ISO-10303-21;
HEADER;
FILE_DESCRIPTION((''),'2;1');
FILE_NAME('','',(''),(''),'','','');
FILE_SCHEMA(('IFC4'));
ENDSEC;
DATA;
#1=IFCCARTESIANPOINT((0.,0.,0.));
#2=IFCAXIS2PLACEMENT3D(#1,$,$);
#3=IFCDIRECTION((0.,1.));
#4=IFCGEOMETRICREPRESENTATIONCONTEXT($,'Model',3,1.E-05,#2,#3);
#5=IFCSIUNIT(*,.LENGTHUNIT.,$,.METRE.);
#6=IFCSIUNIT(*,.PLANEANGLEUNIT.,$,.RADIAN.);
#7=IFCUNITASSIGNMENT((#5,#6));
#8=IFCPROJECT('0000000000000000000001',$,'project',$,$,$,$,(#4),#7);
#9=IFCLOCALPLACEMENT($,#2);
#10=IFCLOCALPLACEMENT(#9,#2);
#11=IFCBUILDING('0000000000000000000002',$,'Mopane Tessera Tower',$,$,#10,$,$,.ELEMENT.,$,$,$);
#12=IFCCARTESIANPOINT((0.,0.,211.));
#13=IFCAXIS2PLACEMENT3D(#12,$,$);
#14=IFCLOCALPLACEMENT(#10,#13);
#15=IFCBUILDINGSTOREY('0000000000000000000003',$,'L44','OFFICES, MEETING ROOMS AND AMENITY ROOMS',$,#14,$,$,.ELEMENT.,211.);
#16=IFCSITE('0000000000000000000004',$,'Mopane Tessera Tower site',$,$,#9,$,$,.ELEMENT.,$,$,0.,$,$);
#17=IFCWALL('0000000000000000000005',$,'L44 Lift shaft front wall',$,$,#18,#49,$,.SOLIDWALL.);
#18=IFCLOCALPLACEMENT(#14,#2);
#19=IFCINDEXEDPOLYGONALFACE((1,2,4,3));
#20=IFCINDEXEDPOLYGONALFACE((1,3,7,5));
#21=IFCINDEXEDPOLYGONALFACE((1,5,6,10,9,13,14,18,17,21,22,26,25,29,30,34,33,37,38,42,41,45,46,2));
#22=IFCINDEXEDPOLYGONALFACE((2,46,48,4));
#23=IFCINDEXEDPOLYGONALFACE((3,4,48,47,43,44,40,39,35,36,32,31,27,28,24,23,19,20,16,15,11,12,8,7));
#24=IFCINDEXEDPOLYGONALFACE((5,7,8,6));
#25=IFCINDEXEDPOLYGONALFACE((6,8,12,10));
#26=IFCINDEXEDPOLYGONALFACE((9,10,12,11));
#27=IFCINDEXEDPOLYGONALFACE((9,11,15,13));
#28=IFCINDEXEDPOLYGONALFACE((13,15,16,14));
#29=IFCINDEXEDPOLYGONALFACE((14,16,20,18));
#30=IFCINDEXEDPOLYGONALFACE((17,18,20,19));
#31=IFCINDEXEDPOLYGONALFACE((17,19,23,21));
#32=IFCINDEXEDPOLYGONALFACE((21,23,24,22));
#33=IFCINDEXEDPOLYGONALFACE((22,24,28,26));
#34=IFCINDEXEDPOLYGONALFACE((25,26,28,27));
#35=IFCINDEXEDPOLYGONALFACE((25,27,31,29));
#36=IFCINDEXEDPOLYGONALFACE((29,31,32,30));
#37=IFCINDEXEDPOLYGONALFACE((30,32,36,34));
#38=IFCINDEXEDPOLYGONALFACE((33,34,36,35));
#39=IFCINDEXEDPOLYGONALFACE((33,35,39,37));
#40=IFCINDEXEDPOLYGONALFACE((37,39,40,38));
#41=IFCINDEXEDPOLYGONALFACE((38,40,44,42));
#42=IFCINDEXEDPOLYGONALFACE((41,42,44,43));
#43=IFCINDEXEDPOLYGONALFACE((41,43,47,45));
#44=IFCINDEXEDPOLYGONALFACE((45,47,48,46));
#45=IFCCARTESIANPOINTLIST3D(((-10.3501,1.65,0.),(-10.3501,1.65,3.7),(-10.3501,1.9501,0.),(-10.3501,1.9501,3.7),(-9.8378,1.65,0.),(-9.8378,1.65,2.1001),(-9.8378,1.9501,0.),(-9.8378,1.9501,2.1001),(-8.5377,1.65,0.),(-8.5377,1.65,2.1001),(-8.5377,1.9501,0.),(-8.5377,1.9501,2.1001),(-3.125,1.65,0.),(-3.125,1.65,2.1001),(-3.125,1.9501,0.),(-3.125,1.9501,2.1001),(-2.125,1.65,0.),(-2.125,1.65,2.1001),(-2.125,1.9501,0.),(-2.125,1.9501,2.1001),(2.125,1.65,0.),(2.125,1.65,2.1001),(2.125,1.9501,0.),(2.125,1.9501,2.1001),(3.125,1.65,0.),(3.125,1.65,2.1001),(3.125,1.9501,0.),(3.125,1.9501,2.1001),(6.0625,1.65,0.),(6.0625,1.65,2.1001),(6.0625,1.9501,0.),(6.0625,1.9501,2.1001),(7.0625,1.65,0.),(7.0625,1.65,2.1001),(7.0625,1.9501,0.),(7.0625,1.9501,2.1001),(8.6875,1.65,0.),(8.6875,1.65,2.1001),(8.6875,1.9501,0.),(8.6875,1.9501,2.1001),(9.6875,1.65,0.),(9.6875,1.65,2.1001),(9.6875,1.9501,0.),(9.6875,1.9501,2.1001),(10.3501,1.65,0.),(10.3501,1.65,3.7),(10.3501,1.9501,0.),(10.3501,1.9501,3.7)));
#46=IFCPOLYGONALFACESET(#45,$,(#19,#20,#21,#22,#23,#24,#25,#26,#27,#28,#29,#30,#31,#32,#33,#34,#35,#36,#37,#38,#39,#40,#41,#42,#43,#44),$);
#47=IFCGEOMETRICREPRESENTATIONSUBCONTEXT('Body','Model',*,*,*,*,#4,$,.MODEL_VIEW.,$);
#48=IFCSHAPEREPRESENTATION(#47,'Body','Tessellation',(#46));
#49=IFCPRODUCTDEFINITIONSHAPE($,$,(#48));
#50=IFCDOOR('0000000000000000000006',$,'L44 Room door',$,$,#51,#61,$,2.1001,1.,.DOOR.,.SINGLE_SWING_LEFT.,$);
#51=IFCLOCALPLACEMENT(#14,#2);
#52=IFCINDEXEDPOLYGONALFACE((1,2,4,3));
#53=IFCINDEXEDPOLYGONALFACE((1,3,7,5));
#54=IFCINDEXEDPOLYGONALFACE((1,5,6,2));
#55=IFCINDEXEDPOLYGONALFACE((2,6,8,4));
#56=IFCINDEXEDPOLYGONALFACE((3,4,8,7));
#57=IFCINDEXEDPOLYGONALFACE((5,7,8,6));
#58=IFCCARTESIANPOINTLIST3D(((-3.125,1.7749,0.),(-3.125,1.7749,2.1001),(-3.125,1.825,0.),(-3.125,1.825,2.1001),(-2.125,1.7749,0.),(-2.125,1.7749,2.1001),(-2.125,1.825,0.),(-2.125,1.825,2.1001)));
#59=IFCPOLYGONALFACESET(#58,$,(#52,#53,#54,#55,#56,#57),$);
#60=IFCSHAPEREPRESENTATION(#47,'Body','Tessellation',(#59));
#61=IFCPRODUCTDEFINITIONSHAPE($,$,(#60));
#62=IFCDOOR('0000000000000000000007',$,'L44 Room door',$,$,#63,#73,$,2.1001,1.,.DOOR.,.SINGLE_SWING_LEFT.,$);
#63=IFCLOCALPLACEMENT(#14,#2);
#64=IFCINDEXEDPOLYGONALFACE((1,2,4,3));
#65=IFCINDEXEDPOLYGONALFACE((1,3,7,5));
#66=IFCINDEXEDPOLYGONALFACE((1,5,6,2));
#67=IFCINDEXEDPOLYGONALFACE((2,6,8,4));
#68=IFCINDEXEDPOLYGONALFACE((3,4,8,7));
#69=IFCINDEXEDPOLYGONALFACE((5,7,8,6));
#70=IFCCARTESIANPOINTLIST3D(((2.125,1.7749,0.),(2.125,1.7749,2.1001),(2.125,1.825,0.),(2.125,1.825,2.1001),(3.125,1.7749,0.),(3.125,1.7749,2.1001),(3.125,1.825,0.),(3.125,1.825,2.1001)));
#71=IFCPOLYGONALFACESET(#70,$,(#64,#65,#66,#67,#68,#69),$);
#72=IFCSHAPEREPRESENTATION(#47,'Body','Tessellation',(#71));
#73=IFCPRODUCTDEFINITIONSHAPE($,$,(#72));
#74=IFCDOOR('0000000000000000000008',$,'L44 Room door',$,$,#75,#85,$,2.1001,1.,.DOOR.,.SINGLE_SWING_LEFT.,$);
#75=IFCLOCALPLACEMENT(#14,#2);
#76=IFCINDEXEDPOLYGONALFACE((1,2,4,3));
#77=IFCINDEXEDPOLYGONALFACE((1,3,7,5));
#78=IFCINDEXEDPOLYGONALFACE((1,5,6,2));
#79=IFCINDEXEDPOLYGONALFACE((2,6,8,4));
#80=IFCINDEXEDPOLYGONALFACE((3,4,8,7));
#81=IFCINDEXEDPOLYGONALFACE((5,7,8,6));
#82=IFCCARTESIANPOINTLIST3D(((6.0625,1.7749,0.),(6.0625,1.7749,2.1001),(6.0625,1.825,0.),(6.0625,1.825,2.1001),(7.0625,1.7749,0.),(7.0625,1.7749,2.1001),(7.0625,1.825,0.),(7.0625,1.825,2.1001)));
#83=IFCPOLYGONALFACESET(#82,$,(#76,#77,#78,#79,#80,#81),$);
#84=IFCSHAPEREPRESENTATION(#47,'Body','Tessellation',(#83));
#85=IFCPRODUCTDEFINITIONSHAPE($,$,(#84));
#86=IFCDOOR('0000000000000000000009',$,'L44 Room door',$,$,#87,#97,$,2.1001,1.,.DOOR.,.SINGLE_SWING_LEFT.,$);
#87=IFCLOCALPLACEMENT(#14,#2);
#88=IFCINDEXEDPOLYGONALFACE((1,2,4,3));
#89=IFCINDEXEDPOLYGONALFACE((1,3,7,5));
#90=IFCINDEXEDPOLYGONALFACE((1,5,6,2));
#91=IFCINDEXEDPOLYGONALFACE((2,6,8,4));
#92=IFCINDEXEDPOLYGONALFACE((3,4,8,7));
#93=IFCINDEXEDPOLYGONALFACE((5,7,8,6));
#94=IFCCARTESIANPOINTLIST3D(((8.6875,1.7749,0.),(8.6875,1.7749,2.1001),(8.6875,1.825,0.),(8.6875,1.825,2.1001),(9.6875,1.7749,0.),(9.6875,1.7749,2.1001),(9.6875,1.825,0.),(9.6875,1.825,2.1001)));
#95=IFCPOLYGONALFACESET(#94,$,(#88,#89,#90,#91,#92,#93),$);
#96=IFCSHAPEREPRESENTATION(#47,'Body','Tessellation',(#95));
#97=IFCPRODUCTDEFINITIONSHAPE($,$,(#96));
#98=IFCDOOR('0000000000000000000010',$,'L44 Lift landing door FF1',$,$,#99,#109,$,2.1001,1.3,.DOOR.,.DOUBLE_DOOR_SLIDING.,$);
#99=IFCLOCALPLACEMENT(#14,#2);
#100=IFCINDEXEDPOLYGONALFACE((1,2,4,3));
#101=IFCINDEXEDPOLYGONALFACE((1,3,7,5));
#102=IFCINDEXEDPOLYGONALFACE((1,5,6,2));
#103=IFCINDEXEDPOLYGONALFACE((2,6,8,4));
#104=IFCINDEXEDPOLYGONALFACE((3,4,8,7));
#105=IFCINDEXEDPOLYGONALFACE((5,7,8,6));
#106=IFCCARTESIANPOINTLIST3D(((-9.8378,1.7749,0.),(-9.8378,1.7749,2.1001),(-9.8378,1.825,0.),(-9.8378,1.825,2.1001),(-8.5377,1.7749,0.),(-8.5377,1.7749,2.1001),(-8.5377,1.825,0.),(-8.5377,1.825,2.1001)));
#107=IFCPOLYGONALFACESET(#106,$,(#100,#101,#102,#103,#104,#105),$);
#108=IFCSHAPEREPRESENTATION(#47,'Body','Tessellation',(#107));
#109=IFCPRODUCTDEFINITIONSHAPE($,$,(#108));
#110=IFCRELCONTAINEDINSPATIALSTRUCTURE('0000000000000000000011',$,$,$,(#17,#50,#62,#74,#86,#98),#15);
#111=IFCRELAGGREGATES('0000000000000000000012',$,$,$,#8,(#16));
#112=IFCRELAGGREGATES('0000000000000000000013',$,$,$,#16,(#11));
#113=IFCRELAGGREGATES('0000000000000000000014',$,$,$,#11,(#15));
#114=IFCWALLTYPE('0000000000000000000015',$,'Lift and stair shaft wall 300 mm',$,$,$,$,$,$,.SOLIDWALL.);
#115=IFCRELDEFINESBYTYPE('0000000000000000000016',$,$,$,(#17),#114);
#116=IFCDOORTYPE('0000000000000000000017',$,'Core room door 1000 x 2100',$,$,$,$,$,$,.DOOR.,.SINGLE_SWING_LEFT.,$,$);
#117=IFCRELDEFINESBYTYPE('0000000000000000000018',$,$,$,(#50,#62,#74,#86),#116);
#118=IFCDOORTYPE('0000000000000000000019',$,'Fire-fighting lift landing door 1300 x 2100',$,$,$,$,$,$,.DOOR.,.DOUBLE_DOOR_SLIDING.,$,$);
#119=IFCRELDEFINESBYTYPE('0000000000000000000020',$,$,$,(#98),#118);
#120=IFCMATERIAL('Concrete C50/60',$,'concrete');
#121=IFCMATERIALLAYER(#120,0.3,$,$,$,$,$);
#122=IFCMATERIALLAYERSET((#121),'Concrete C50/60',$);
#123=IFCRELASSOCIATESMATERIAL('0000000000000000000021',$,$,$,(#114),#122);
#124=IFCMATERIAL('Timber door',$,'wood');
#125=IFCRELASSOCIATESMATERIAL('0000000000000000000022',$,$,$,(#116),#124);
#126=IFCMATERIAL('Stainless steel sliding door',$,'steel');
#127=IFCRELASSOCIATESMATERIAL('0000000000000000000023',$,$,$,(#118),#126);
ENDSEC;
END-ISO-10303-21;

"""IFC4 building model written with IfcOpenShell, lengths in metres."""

from ifc_helpers import new_model, si_unit, direction, frame, frame_2d, origin, place, context, subcontext, project, spatial, rectangle, extrude, material, layer, layer_set, type_object, element, fill, save


model = new_model("IFC4")

# Units and contexts
model_context = context("Model", 3, precision=1e-05, world=origin(), true_north=direction((0.0, 1.0)))
body_context = subcontext(model_context, "Body", "Model", "MODEL_VIEW")
ifc_project = project(units=[si_unit("LENGTHUNIT", "METRE"), si_unit("PLANEANGLEUNIT", "RADIAN")], contexts=[model_context])

# Site, building, storey
site_placement = place(None, origin())
site = spatial("IfcSite", under=ifc_project, at=site_placement, Name="Mopane Tessera Tower site", CompositionType="ELEMENT", RefElevation=0.0)
building_placement = place(site_placement, origin())
building = spatial("IfcBuilding", under=site, at=building_placement, Name="Mopane Tessera Tower", CompositionType="ELEMENT")
storey_placement = place(building_placement, frame((0.0, 0.0, 211.0)))
storey = spatial("IfcBuildingStorey", under=building, at=storey_placement, Name="L44", Description="OFFICES, MEETING ROOMS AND AMENITY ROOMS", CompositionType="ELEMENT", Elevation=211.0)

# Shared definitions
ifc_material_1 = material(Name="Concrete C50/60", Category="concrete")
ifc_layer_1 = layer(ifc_material_1, 0.3)
ifc_layer_set_1 = layer_set([ifc_layer_1], Name="Concrete C50/60")
wall_type_1 = type_object("IfcWallType", Name="Lift and stair shaft wall 300 mm", PredefinedType="SOLIDWALL", material=ifc_layer_set_1)

# Wall, openings, doors
wall_1_placement = place(storey_placement, frame((-10.3501, 1.8, 0.0), z_axis=(0.0, 0.0, 1.0), x_axis=(1.0, 0.0, 0.0)))
wall_1 = element("IfcWall", 1, at=wall_1_placement, inside=storey, type_object=wall_type_1, Name="L44 Lift shaft front wall", PredefinedType="SOLIDWALL", context=body_context, shape_type="SweptSolid", body=[
    extrude(rectangle(XDim=20.7002, YDim=0.3, at=frame_2d((10.3501, 0.0))), origin(), (0.0, 0.0, 1.0), 3.7),
])
opening_1_placement = place(wall_1_placement, frame((0.5125, 0.0, 0.0)))
opening_1 = element("IfcOpeningElement", 2, at=opening_1_placement, cuts=wall_1, PredefinedType="OPENING", context=body_context, shape_type="SweptSolid", body=[
    extrude(rectangle(XDim=1.3, YDim=2.1001, at=frame_2d((0.6499, 1.05))), frame((0.0, 0.1621, 0.0), z_axis=(0.0, -1.0, 0.0), x_axis=(1.0, 0.0, 0.0)), (0.0, 0.0, 1.0), 0.324),
])
opening_2_placement = place(wall_1_placement, frame((7.2251, 0.0, 0.0)))
opening_2 = element("IfcOpeningElement", 3, at=opening_2_placement, cuts=wall_1, PredefinedType="OPENING", context=body_context, shape_type="SweptSolid", body=[
    extrude(rectangle(XDim=1.0, YDim=2.1001, at=frame_2d((0.5, 1.05))), frame((0.0, 0.1621, 0.0), z_axis=(0.0, -1.0, 0.0), x_axis=(1.0, 0.0, 0.0)), (0.0, 0.0, 1.0), 0.324),
])
opening_3_placement = place(wall_1_placement, frame((12.4751, 0.0, 0.0)))
opening_3 = element("IfcOpeningElement", 4, at=opening_3_placement, cuts=wall_1, PredefinedType="OPENING", context=body_context, shape_type="SweptSolid", body=[
    extrude(rectangle(XDim=1.0, YDim=2.1001, at=frame_2d((0.5, 1.05))), frame((0.0, 0.1621, 0.0), z_axis=(0.0, -1.0, 0.0), x_axis=(1.0, 0.0, 0.0)), (0.0, 0.0, 1.0), 0.324),
])
opening_4_placement = place(wall_1_placement, frame((16.4126, 0.0, 0.0)))
opening_4 = element("IfcOpeningElement", 5, at=opening_4_placement, cuts=wall_1, PredefinedType="OPENING", context=body_context, shape_type="SweptSolid", body=[
    extrude(rectangle(XDim=1.0, YDim=2.1001, at=frame_2d((0.5, 1.05))), frame((0.0, 0.1621, 0.0), z_axis=(0.0, -1.0, 0.0), x_axis=(1.0, 0.0, 0.0)), (0.0, 0.0, 1.0), 0.324),
])
opening_5_placement = place(wall_1_placement, frame((19.0376, 0.0, 0.0)))
opening_5 = element("IfcOpeningElement", 6, at=opening_5_placement, cuts=wall_1, PredefinedType="OPENING", context=body_context, shape_type="SweptSolid", body=[
    extrude(rectangle(XDim=1.0, YDim=2.1001, at=frame_2d((0.5, 1.05))), frame((0.0, 0.1621, 0.0), z_axis=(0.0, -1.0, 0.0), x_axis=(1.0, 0.0, 0.0)), (0.0, 0.0, 1.0), 0.324),
])
ifc_material_2 = material(Name="Timber door", Category="wood")
door_type_1 = type_object("IfcDoorType", Name="Core room door 1000 x 2100", OperationType="SINGLE_SWING_LEFT", PredefinedType="DOOR", material=ifc_material_2)
door_1_placement = place(opening_2_placement, origin())
door_1 = element("IfcDoor", 7, at=door_1_placement, inside=storey, type_object=door_type_1, Name="L44 Room door", OperationType="SINGLE_SWING_LEFT", OverallHeight=2.1001, OverallWidth=1.0, PredefinedType="DOOR", context=body_context, shape_type="SweptSolid", body=[
    extrude(rectangle(XDim=1.0, YDim=2.1001, at=frame_2d((0.5, 1.05))), frame((0.0, 0.0249, 0.0), z_axis=(0.0, -1.0, 0.0), x_axis=(1.0, 0.0, 0.0)), (0.0, 0.0, 1.0), 0.05),
])
fill(opening_2, door_1)
door_2_placement = place(opening_3_placement, origin())
door_2 = element("IfcDoor", 8, at=door_2_placement, inside=storey, type_object=door_type_1, Name="L44 Room door", OperationType="SINGLE_SWING_LEFT", OverallHeight=2.1001, OverallWidth=1.0, PredefinedType="DOOR", context=body_context, shape_type="SweptSolid", body=[
    extrude(rectangle(XDim=1.0, YDim=2.1001, at=frame_2d((0.5, 1.05))), frame((0.0, 0.0249, 0.0), z_axis=(0.0, -1.0, 0.0), x_axis=(1.0, 0.0, 0.0)), (0.0, 0.0, 1.0), 0.05),
])
fill(opening_3, door_2)
door_3_placement = place(opening_4_placement, origin())
door_3 = element("IfcDoor", 9, at=door_3_placement, inside=storey, type_object=door_type_1, Name="L44 Room door", OperationType="SINGLE_SWING_LEFT", OverallHeight=2.1001, OverallWidth=1.0, PredefinedType="DOOR", context=body_context, shape_type="SweptSolid", body=[
    extrude(rectangle(XDim=1.0, YDim=2.1001, at=frame_2d((0.5, 1.05))), frame((0.0, 0.0249, 0.0), z_axis=(0.0, -1.0, 0.0), x_axis=(1.0, 0.0, 0.0)), (0.0, 0.0, 1.0), 0.05),
])
fill(opening_4, door_3)
door_4_placement = place(opening_5_placement, origin())
door_4 = element("IfcDoor", 10, at=door_4_placement, inside=storey, type_object=door_type_1, Name="L44 Room door", OperationType="SINGLE_SWING_LEFT", OverallHeight=2.1001, OverallWidth=1.0, PredefinedType="DOOR", context=body_context, shape_type="SweptSolid", body=[
    extrude(rectangle(XDim=1.0, YDim=2.1001, at=frame_2d((0.5, 1.05))), frame((0.0, 0.0249, 0.0), z_axis=(0.0, -1.0, 0.0), x_axis=(1.0, 0.0, 0.0)), (0.0, 0.0, 1.0), 0.05),
])
fill(opening_5, door_4)
ifc_material_3 = material(Name="Stainless steel sliding door", Category="steel")
door_type_2 = type_object("IfcDoorType", Name="Fire-fighting lift landing door 1300 x 2100", OperationType="DOUBLE_DOOR_SLIDING", PredefinedType="DOOR", material=ifc_material_3)
door_5_placement = place(opening_1_placement, origin())
door_5 = element("IfcDoor", 11, at=door_5_placement, inside=storey, type_object=door_type_2, Name="L44 Lift landing door FF1", OperationType="DOUBLE_DOOR_SLIDING", OverallHeight=2.1001, OverallWidth=1.3, PredefinedType="DOOR", context=body_context, shape_type="SweptSolid", body=[
    extrude(rectangle(XDim=1.3, YDim=2.1001, at=frame_2d((0.6499, 1.05))), frame((0.0, 0.0249, 0.0), z_axis=(0.0, -1.0, 0.0), x_axis=(1.0, 0.0, 0.0)), (0.0, 0.0, 1.0), 0.05),
])
fill(opening_1, door_5)

save(model, "model.ifc")
